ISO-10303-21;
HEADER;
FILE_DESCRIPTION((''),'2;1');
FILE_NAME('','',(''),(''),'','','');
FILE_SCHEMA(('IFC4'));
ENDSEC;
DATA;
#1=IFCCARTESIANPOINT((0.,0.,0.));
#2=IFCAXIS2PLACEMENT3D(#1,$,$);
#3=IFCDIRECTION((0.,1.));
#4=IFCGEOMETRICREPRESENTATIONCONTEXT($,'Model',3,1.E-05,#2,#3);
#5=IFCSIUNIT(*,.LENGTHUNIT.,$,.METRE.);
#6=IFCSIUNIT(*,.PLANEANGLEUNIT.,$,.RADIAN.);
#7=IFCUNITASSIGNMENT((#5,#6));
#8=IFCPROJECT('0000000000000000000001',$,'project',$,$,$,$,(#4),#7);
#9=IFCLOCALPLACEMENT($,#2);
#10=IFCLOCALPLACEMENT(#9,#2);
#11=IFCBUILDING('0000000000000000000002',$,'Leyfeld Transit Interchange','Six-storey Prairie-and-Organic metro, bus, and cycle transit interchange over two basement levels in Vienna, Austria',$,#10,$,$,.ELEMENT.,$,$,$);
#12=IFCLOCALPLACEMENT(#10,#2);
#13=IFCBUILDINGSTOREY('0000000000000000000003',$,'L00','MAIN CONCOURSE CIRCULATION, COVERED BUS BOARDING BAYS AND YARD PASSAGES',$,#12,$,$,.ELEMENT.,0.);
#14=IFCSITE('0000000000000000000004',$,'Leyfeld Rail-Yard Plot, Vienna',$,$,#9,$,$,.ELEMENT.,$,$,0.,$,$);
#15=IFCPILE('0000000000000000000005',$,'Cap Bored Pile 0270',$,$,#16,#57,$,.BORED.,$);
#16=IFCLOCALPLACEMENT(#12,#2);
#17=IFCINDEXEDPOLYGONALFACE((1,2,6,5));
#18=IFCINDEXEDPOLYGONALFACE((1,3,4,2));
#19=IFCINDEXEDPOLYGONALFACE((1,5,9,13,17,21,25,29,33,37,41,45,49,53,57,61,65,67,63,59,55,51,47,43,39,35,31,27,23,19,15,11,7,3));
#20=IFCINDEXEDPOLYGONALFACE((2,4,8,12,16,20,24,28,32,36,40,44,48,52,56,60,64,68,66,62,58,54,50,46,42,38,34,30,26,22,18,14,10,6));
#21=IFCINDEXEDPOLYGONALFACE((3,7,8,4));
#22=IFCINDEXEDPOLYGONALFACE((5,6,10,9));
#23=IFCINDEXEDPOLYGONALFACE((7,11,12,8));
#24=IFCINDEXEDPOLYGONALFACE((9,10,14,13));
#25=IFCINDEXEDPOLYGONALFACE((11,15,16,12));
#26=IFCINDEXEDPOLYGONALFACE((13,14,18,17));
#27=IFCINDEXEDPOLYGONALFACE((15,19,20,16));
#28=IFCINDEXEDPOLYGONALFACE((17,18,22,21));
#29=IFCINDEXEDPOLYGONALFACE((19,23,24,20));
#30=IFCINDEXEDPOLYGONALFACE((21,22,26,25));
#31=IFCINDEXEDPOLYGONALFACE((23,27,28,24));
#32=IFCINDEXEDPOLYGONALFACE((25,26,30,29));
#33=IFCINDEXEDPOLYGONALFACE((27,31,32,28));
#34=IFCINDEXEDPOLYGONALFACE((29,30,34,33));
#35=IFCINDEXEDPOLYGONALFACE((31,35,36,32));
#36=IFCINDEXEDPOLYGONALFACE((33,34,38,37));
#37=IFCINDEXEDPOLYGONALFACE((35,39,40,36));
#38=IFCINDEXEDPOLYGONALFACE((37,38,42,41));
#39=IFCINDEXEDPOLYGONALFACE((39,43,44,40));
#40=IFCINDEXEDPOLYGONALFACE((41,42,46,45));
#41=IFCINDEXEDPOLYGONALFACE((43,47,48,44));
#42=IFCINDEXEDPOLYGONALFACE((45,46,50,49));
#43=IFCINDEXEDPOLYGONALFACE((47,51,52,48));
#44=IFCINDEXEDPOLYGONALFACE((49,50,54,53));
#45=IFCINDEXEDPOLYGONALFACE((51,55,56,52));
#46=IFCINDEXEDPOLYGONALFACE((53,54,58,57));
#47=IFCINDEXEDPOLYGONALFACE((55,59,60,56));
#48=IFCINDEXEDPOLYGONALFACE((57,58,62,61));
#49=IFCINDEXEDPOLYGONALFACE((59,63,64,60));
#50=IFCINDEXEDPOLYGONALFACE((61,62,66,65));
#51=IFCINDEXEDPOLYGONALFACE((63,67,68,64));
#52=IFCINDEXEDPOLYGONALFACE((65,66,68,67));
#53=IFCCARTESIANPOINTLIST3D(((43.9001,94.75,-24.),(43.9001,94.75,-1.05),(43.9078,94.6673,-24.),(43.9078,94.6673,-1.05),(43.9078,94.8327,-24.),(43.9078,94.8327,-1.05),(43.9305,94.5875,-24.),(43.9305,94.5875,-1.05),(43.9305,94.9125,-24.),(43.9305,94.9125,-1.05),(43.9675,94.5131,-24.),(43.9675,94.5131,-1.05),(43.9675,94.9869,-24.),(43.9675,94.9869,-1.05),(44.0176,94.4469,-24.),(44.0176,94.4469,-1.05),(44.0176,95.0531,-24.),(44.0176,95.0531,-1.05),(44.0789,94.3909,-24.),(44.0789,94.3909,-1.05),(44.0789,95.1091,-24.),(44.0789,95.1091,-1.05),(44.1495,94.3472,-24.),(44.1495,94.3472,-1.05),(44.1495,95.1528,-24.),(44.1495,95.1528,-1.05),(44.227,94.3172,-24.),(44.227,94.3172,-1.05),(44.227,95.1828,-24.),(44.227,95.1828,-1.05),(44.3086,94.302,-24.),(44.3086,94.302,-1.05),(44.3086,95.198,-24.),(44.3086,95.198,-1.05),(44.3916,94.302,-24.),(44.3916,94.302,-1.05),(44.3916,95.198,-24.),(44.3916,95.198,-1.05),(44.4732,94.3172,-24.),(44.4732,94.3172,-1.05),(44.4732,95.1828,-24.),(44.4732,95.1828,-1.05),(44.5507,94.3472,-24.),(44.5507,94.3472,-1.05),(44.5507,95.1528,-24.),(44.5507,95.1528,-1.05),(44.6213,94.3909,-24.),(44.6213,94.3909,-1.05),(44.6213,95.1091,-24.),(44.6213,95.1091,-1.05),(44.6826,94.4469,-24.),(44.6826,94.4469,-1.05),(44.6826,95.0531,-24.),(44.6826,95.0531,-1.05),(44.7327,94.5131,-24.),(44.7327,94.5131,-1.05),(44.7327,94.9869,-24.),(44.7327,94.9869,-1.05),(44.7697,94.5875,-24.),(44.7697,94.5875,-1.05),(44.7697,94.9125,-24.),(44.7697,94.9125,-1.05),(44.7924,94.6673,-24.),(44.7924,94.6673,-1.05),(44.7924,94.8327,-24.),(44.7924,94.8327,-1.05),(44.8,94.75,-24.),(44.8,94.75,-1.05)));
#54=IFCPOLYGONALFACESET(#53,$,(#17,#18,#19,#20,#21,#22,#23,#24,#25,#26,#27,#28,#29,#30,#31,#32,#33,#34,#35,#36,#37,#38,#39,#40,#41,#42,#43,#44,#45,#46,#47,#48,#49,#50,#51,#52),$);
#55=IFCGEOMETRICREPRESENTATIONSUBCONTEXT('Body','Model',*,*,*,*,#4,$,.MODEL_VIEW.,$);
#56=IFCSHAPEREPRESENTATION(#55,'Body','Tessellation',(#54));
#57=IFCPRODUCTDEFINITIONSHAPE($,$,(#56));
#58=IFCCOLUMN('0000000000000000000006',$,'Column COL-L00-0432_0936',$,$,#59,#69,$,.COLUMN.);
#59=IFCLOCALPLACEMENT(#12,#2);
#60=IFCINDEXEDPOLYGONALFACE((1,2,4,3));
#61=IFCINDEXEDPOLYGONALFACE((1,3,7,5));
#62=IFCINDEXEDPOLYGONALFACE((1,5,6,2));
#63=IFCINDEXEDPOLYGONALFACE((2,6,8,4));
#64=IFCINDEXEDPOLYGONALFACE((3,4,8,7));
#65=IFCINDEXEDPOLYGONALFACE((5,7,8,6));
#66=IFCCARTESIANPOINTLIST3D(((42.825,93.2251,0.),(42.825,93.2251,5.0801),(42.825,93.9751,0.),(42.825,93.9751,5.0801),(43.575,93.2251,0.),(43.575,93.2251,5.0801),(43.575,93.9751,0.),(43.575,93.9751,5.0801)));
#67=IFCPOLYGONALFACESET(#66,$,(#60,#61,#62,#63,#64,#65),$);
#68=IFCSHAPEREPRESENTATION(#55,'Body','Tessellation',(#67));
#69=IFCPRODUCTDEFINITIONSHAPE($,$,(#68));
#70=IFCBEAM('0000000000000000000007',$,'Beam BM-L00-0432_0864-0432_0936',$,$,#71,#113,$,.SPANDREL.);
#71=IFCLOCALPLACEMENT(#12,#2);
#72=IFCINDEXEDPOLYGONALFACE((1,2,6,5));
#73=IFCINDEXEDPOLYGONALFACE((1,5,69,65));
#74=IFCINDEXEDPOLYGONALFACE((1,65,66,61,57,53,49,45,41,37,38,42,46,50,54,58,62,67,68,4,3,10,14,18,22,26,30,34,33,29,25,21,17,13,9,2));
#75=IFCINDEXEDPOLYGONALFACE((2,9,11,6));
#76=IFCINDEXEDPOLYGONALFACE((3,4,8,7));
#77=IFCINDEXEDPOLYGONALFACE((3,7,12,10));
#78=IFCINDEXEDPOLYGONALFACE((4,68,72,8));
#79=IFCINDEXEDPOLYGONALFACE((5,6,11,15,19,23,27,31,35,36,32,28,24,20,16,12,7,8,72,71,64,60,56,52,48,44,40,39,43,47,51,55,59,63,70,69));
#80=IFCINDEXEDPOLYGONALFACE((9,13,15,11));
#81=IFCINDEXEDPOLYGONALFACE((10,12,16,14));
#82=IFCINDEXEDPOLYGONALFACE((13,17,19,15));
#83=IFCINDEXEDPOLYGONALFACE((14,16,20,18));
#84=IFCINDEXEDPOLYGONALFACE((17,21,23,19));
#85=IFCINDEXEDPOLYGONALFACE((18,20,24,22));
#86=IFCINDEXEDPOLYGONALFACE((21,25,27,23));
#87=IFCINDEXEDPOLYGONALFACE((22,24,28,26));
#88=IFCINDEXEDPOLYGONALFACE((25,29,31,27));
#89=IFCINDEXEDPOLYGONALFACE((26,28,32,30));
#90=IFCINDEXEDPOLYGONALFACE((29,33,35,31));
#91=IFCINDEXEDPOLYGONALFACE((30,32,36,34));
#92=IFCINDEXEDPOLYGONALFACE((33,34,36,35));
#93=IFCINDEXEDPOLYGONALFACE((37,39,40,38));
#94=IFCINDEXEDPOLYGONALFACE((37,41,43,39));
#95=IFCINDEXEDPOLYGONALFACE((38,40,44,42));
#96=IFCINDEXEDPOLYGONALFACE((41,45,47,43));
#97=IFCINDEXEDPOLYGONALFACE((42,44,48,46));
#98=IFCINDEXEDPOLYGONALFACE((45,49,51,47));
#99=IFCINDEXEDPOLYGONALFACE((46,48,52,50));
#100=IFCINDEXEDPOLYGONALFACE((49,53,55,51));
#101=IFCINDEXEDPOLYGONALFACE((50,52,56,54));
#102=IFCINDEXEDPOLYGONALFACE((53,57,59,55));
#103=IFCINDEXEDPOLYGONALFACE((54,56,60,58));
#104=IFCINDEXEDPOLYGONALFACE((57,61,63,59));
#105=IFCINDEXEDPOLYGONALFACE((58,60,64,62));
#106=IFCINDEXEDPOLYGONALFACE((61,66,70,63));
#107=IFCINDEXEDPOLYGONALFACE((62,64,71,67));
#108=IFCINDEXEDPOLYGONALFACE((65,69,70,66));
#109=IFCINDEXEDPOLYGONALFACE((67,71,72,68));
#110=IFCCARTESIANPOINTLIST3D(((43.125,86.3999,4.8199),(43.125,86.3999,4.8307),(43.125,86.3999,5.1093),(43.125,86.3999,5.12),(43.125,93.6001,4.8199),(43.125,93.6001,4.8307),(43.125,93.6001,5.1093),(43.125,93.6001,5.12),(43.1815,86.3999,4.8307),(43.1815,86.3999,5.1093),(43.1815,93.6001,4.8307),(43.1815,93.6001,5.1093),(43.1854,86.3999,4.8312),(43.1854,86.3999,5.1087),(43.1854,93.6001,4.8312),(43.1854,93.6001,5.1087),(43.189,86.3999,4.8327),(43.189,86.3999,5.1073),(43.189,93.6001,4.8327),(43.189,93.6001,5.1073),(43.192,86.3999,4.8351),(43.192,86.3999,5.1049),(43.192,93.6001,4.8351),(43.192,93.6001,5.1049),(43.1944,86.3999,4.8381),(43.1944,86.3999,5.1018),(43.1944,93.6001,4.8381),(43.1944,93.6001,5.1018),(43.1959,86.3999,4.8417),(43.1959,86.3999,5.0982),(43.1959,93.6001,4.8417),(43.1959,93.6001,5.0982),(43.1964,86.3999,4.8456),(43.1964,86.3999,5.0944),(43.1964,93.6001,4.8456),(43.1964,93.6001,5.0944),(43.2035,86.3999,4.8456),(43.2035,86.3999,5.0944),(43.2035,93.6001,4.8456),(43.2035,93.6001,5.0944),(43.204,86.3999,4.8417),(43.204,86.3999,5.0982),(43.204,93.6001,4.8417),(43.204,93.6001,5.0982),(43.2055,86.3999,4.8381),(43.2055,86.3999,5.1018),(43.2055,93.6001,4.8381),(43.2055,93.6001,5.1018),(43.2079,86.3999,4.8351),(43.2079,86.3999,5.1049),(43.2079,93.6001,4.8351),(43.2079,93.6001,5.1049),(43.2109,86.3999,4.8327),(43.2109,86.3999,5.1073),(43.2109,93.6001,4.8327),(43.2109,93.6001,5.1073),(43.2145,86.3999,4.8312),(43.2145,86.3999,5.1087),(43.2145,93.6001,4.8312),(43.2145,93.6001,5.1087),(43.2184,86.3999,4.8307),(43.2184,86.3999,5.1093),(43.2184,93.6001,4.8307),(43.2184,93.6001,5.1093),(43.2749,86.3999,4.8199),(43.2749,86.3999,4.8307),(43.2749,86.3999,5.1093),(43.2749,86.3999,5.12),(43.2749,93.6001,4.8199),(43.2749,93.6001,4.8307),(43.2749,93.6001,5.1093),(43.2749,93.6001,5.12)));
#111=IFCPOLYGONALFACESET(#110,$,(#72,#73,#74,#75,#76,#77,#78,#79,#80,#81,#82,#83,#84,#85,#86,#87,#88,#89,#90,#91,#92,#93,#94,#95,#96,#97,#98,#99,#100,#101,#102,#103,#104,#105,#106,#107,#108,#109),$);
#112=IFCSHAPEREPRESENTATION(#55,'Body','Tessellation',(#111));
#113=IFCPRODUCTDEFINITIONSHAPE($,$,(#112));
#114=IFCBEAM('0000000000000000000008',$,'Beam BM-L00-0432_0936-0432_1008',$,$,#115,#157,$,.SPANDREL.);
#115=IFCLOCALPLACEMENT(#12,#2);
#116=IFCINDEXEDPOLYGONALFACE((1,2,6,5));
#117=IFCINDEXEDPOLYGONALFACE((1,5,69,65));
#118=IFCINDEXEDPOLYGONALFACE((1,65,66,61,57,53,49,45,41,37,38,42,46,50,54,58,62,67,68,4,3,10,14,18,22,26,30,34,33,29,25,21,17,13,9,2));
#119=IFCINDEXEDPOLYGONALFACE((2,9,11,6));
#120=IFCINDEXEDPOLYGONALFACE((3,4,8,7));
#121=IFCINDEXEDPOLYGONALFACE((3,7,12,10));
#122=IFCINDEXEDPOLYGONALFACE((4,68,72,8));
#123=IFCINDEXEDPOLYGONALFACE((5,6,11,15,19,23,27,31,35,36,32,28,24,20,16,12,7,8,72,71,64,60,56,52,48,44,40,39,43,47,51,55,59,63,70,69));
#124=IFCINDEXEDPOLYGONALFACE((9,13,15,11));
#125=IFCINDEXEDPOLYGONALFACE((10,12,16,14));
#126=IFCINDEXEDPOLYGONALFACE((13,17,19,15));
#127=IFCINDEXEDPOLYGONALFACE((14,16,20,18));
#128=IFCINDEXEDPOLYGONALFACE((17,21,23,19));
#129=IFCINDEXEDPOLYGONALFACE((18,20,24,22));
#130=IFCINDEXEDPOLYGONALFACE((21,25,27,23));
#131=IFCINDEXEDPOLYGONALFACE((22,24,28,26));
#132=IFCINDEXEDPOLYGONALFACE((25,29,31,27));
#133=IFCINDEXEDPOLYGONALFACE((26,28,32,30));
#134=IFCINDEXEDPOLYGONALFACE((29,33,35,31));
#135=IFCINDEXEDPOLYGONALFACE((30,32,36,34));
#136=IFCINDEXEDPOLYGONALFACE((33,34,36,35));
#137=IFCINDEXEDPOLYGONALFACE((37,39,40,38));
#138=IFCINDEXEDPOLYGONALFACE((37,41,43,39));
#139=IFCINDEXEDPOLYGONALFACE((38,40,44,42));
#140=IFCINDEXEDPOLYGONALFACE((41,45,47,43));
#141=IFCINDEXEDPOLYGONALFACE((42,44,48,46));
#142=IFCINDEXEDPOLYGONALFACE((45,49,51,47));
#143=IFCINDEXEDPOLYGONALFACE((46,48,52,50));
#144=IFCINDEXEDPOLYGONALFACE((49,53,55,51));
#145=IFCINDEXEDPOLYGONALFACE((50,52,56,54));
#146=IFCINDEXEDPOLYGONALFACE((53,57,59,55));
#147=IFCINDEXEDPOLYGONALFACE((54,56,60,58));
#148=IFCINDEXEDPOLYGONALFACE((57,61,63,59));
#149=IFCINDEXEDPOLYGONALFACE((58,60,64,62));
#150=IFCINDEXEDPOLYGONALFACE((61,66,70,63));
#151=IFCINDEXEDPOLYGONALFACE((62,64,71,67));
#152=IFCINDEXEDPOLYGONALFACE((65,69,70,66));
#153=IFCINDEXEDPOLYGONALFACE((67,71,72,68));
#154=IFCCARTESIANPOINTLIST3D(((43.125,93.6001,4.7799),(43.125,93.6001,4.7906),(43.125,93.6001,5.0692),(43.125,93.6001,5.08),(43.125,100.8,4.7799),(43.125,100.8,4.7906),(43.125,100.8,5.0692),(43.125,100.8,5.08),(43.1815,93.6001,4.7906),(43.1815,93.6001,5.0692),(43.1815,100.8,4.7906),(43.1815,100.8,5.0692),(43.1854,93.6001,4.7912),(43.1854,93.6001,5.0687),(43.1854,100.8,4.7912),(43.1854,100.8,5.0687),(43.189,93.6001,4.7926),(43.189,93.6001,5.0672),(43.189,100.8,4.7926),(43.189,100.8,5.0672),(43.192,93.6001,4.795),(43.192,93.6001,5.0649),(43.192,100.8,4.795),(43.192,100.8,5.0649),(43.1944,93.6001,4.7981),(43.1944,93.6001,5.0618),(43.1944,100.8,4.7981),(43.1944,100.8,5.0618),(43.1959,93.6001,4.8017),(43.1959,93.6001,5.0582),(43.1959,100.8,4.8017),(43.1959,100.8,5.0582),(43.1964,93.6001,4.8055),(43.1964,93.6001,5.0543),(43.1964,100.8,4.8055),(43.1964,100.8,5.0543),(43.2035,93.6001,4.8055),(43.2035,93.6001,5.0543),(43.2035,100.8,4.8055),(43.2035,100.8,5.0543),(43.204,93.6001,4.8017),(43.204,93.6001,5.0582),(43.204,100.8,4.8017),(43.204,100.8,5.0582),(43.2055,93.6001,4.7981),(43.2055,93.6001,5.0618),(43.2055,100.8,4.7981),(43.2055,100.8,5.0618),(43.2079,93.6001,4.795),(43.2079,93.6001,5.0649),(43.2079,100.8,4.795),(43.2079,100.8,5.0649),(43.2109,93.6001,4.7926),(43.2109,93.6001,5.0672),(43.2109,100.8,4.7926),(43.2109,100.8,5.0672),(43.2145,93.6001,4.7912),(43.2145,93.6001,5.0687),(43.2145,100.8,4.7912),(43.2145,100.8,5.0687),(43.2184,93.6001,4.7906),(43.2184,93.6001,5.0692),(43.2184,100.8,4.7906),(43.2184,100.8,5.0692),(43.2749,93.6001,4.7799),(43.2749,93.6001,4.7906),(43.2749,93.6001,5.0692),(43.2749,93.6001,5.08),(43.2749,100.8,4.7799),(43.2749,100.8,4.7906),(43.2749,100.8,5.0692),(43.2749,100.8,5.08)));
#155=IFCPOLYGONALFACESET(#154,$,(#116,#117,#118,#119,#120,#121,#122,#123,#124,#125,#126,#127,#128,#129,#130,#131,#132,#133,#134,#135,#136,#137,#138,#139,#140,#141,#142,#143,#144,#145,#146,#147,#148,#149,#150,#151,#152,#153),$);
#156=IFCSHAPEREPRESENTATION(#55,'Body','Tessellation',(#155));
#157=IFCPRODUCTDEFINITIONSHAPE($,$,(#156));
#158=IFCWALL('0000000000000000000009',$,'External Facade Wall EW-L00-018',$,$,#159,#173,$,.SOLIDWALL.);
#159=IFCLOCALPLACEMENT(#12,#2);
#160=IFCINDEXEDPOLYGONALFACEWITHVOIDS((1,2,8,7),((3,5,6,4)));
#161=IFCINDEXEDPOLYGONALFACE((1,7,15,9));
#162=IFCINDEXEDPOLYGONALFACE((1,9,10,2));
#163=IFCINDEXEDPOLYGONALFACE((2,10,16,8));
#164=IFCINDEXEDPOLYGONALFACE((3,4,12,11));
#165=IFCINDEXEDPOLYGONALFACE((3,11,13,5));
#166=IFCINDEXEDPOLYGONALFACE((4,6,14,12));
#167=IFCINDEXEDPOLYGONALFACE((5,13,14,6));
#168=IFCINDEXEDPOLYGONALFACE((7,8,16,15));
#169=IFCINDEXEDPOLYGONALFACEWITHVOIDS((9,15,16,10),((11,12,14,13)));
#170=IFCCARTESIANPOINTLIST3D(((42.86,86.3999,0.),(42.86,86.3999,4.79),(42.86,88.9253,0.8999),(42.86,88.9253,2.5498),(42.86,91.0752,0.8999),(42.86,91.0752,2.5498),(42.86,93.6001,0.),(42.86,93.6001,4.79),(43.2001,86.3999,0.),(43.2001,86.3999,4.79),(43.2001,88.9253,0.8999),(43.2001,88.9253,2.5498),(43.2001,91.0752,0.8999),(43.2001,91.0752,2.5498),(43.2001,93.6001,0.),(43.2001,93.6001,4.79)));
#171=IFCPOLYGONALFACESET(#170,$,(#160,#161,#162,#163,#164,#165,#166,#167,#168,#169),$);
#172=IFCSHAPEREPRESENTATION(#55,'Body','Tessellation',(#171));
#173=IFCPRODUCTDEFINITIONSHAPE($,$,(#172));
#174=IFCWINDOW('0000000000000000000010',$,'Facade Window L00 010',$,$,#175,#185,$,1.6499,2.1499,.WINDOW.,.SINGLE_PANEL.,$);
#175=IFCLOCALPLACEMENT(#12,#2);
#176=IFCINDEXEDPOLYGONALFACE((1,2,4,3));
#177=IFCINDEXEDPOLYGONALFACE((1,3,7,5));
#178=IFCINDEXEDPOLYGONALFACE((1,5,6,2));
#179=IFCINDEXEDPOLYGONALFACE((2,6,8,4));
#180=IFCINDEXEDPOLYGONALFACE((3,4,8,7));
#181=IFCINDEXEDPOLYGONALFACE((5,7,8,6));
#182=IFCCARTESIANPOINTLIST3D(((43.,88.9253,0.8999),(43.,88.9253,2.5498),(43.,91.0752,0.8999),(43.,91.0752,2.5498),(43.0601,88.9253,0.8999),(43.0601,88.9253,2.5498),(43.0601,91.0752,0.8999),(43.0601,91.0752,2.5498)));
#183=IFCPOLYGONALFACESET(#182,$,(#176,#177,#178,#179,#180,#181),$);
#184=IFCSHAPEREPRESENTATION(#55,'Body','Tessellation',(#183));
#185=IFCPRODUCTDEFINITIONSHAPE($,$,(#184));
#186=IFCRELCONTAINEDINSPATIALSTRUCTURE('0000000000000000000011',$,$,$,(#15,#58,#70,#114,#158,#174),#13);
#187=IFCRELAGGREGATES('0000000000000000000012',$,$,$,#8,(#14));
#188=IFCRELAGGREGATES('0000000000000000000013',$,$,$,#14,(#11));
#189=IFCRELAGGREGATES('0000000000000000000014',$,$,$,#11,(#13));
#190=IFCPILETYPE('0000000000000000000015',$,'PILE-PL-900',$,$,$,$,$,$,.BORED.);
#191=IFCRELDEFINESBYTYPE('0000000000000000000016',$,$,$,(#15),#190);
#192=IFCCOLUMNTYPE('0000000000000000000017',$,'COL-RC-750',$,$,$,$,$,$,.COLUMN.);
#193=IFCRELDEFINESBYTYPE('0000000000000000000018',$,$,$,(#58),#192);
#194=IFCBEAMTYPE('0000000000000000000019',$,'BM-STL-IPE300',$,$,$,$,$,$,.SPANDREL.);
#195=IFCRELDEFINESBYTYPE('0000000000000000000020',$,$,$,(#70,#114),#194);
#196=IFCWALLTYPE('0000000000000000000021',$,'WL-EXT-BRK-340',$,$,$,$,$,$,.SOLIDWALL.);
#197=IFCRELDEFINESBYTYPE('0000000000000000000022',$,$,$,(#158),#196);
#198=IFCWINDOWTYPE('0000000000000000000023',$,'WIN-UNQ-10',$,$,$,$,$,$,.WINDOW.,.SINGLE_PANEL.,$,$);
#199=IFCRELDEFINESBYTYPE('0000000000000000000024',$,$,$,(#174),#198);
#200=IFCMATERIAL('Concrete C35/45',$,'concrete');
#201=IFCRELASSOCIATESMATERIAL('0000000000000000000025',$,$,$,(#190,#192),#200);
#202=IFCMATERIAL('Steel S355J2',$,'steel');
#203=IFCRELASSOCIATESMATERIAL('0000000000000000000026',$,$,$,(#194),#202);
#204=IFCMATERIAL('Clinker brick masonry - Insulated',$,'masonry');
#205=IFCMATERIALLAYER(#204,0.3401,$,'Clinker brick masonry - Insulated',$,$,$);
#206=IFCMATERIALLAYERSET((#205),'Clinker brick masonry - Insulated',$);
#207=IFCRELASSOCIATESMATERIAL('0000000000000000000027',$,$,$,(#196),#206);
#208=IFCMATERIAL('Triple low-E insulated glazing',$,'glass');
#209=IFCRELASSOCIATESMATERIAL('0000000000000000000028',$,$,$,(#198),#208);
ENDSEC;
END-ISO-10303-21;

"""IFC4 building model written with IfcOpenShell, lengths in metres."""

from ifc_helpers import new_model, si_unit, direction, frame, frame_2d, origin, origin_2d, place, context, subcontext, project, spatial, rectangle, circle, i_section, extrude, material, layer, layer_set, material_profile, profile_set, type_object, element, fill, save


model = new_model("IFC4")

# Units and contexts
model_context = context("Model", 3, precision=1e-05, world=origin(), true_north=direction((0.0, 1.0)))
body_context = subcontext(model_context, "Body", "Model", "MODEL_VIEW")
ifc_project = project(units=[si_unit("LENGTHUNIT", "METRE"), si_unit("PLANEANGLEUNIT", "RADIAN")], contexts=[model_context])

# Site, building, storey
site_placement = place(None, origin())
site = spatial("IfcSite", under=ifc_project, at=site_placement, Name="Leyfeld Rail-Yard Plot, Vienna", CompositionType="ELEMENT", RefElevation=0.0)
building_placement = place(site_placement, origin())
building = spatial("IfcBuilding", under=site, at=building_placement, Name="Leyfeld Transit Interchange", Description="Six-storey Prairie-and-Organic metro, bus, and cycle transit interchange over two basement levels in Vienna, Austria", CompositionType="ELEMENT")
storey_placement = place(building_placement, origin())
storey = spatial("IfcBuildingStorey", under=building, at=storey_placement, Name="L00", Description="MAIN CONCOURSE CIRCULATION, COVERED BUS BOARDING BAYS AND YARD PASSAGES", CompositionType="ELEMENT", Elevation=0.0)

# Shared definitions
ifc_material_1 = material(Name="Concrete C35/45", Category="concrete")

# Pile
ifc_material_profile_1 = material_profile(ifc_material_1, circle(Radius=0.45, at=origin_2d()), Name="PILE D900")
ifc_profile_set_1 = profile_set([ifc_material_profile_1], Name="Concrete C35/45")
pile_type = type_object("IfcPileType", Name="PILE-PL-900", PredefinedType="BORED", material=ifc_profile_set_1)
for number, where, z_axis, x_axis, name in (
    (1, (44.3501, 94.75, -1.05), (0.0, 0.0, -1.0), (1.0, 0.0, 0.0), "Cap Bored Pile 0270"),
):
    element("IfcPile", number, at=place(storey_placement, frame(where, z_axis=z_axis, x_axis=x_axis)), inside=storey, type_object=pile_type, Name=name, PredefinedType="BORED", context=body_context, shape_type="SweptSolid", body=[
        extrude(circle(Radius=0.45, at=origin_2d()), origin(), (0.0, 0.0, 1.0), 22.95),
    ])

# Column
ifc_material_profile_2 = material_profile(ifc_material_1, rectangle(XDim=0.75, YDim=0.75, at=origin_2d()), Name="RC 750x750")
ifc_profile_set_2 = profile_set([ifc_material_profile_2], Name="Concrete C35/45")
column_type = type_object("IfcColumnType", Name="COL-RC-750", PredefinedType="COLUMN", material=ifc_profile_set_2)
column_placement = place(storey_placement, frame((43.2, 93.6001, 0.0), z_axis=(0.0, 0.0, 1.0), x_axis=(0.0, 1.0, 0.0)))
element("IfcColumn", 2, at=column_placement, inside=storey, type_object=column_type, Name="Column COL-L00-0432_0936", PredefinedType="COLUMN", context=body_context, shape_type="SweptSolid", body=[
    extrude(rectangle(XDim=0.75, YDim=0.75, at=origin_2d()), origin(), (0.0, 0.0, 1.0), 5.0801),
])

# Beams
ifc_material_2 = material(Name="Steel S355J2", Category="steel")
ifc_material_profile_3 = material_profile(ifc_material_2, i_section(OverallWidth=0.1499, OverallDepth=0.3, WebThickness=0.0071, FlangeThickness=0.0107, FilletRadius=0.0149, at=origin_2d()), Name="IPE 300")
ifc_profile_set_3 = profile_set([ifc_material_profile_3], Name="Steel S355J2")
beam_type = type_object("IfcBeamType", Name="BM-STL-IPE300", PredefinedType="SPANDREL", material=ifc_profile_set_3)
beam_1_placement = place(storey_placement, frame((43.2, 86.3999, 4.97), z_axis=(0.0, 1.0, 0.0), x_axis=(-1.0, 0.0, 0.0)))
element("IfcBeam", 3, at=beam_1_placement, inside=storey, type_object=beam_type, Name="Beam BM-L00-0432_0864-0432_0936", PredefinedType="SPANDREL", context=body_context, shape_type="SweptSolid", body=[
    extrude(i_section(OverallWidth=0.1499, OverallDepth=0.3, WebThickness=0.0071, FlangeThickness=0.0107, FilletRadius=0.0149, at=origin_2d()), origin(), (0.0, 0.0, 1.0), 7.2002),
])
beam_2_placement = place(storey_placement, frame((43.2, 93.6001, 4.9299), z_axis=(0.0, 1.0, 0.0), x_axis=(-1.0, 0.0, 0.0)))
element("IfcBeam", 4, at=beam_2_placement, inside=storey, type_object=beam_type, Name="Beam BM-L00-0432_0936-0432_1008", PredefinedType="SPANDREL", context=body_context, shape_type="SweptSolid", body=[
    extrude(i_section(OverallWidth=0.1499, OverallDepth=0.3, WebThickness=0.0071, FlangeThickness=0.0107, FilletRadius=0.0149, at=origin_2d()), origin(), (0.0, 0.0, 1.0), 7.2),
])

# Wall, opening, window
ifc_material_3 = material(Name="Clinker brick masonry - Insulated", Category="masonry")
ifc_layer_1 = layer(ifc_material_3, 0.3401, Name="Clinker brick masonry - Insulated")
ifc_layer_set_1 = layer_set([ifc_layer_1], Name="Clinker brick masonry - Insulated")
wall_type_1 = type_object("IfcWallType", Name="WL-EXT-BRK-340", PredefinedType="SOLIDWALL", material=ifc_layer_set_1)
wall_1_placement = place(storey_placement, frame((43.03, 93.6001, 0.0), z_axis=(0.0, 0.0, 1.0), x_axis=(0.0, -1.0, 0.0)))
wall_1 = element("IfcWall", 5, at=wall_1_placement, inside=storey, type_object=wall_type_1, Name="External Facade Wall EW-L00-018", PredefinedType="SOLIDWALL", context=body_context, shape_type="SweptSolid", body=[
    extrude(rectangle(XDim=7.2002, YDim=0.3401, at=frame_2d((3.6001, 0.0))), origin(), (0.0, 0.0, 1.0), 4.79),
])
opening_1_placement = place(wall_1_placement, frame((2.5249, 0.0, 0.8999)))
opening_1 = element("IfcOpeningElement", 6, at=opening_1_placement, cuts=wall_1, PredefinedType="OPENING", context=body_context, shape_type="SweptSolid", body=[
    extrude(rectangle(XDim=2.1499, YDim=1.6499, at=frame_2d((1.075, 0.825))), frame((0.0, 0.1799, 0.0), z_axis=(0.0, -1.0, 0.0), x_axis=(1.0, 0.0, 0.0)), (0.0, 0.0, 1.0), 0.3601),
])
ifc_material_4 = material(Name="Triple low-E insulated glazing", Category="glass")
window_type = type_object("IfcWindowType", Name="WIN-UNQ-10", PartitioningType="SINGLE_PANEL", PredefinedType="WINDOW", material=ifc_material_4)
window_placement = place(opening_1_placement, origin())
window = element("IfcWindow", 7, at=window_placement, inside=storey, type_object=window_type, Name="Facade Window L00 010", OverallHeight=1.6499, OverallWidth=2.1499, PartitioningType="SINGLE_PANEL", PredefinedType="WINDOW", context=body_context, shape_type="SweptSolid", body=[
    extrude(rectangle(XDim=2.1499, YDim=1.6499, at=frame_2d((1.075, 0.825))), frame((0.0, 0.03, 0.0), z_axis=(0.0, -1.0, 0.0), x_axis=(1.0, 0.0, 0.0)), (0.0, 0.0, 1.0), 0.0601),
])
fill(opening_1, window)

save(model, "model.ifc")
